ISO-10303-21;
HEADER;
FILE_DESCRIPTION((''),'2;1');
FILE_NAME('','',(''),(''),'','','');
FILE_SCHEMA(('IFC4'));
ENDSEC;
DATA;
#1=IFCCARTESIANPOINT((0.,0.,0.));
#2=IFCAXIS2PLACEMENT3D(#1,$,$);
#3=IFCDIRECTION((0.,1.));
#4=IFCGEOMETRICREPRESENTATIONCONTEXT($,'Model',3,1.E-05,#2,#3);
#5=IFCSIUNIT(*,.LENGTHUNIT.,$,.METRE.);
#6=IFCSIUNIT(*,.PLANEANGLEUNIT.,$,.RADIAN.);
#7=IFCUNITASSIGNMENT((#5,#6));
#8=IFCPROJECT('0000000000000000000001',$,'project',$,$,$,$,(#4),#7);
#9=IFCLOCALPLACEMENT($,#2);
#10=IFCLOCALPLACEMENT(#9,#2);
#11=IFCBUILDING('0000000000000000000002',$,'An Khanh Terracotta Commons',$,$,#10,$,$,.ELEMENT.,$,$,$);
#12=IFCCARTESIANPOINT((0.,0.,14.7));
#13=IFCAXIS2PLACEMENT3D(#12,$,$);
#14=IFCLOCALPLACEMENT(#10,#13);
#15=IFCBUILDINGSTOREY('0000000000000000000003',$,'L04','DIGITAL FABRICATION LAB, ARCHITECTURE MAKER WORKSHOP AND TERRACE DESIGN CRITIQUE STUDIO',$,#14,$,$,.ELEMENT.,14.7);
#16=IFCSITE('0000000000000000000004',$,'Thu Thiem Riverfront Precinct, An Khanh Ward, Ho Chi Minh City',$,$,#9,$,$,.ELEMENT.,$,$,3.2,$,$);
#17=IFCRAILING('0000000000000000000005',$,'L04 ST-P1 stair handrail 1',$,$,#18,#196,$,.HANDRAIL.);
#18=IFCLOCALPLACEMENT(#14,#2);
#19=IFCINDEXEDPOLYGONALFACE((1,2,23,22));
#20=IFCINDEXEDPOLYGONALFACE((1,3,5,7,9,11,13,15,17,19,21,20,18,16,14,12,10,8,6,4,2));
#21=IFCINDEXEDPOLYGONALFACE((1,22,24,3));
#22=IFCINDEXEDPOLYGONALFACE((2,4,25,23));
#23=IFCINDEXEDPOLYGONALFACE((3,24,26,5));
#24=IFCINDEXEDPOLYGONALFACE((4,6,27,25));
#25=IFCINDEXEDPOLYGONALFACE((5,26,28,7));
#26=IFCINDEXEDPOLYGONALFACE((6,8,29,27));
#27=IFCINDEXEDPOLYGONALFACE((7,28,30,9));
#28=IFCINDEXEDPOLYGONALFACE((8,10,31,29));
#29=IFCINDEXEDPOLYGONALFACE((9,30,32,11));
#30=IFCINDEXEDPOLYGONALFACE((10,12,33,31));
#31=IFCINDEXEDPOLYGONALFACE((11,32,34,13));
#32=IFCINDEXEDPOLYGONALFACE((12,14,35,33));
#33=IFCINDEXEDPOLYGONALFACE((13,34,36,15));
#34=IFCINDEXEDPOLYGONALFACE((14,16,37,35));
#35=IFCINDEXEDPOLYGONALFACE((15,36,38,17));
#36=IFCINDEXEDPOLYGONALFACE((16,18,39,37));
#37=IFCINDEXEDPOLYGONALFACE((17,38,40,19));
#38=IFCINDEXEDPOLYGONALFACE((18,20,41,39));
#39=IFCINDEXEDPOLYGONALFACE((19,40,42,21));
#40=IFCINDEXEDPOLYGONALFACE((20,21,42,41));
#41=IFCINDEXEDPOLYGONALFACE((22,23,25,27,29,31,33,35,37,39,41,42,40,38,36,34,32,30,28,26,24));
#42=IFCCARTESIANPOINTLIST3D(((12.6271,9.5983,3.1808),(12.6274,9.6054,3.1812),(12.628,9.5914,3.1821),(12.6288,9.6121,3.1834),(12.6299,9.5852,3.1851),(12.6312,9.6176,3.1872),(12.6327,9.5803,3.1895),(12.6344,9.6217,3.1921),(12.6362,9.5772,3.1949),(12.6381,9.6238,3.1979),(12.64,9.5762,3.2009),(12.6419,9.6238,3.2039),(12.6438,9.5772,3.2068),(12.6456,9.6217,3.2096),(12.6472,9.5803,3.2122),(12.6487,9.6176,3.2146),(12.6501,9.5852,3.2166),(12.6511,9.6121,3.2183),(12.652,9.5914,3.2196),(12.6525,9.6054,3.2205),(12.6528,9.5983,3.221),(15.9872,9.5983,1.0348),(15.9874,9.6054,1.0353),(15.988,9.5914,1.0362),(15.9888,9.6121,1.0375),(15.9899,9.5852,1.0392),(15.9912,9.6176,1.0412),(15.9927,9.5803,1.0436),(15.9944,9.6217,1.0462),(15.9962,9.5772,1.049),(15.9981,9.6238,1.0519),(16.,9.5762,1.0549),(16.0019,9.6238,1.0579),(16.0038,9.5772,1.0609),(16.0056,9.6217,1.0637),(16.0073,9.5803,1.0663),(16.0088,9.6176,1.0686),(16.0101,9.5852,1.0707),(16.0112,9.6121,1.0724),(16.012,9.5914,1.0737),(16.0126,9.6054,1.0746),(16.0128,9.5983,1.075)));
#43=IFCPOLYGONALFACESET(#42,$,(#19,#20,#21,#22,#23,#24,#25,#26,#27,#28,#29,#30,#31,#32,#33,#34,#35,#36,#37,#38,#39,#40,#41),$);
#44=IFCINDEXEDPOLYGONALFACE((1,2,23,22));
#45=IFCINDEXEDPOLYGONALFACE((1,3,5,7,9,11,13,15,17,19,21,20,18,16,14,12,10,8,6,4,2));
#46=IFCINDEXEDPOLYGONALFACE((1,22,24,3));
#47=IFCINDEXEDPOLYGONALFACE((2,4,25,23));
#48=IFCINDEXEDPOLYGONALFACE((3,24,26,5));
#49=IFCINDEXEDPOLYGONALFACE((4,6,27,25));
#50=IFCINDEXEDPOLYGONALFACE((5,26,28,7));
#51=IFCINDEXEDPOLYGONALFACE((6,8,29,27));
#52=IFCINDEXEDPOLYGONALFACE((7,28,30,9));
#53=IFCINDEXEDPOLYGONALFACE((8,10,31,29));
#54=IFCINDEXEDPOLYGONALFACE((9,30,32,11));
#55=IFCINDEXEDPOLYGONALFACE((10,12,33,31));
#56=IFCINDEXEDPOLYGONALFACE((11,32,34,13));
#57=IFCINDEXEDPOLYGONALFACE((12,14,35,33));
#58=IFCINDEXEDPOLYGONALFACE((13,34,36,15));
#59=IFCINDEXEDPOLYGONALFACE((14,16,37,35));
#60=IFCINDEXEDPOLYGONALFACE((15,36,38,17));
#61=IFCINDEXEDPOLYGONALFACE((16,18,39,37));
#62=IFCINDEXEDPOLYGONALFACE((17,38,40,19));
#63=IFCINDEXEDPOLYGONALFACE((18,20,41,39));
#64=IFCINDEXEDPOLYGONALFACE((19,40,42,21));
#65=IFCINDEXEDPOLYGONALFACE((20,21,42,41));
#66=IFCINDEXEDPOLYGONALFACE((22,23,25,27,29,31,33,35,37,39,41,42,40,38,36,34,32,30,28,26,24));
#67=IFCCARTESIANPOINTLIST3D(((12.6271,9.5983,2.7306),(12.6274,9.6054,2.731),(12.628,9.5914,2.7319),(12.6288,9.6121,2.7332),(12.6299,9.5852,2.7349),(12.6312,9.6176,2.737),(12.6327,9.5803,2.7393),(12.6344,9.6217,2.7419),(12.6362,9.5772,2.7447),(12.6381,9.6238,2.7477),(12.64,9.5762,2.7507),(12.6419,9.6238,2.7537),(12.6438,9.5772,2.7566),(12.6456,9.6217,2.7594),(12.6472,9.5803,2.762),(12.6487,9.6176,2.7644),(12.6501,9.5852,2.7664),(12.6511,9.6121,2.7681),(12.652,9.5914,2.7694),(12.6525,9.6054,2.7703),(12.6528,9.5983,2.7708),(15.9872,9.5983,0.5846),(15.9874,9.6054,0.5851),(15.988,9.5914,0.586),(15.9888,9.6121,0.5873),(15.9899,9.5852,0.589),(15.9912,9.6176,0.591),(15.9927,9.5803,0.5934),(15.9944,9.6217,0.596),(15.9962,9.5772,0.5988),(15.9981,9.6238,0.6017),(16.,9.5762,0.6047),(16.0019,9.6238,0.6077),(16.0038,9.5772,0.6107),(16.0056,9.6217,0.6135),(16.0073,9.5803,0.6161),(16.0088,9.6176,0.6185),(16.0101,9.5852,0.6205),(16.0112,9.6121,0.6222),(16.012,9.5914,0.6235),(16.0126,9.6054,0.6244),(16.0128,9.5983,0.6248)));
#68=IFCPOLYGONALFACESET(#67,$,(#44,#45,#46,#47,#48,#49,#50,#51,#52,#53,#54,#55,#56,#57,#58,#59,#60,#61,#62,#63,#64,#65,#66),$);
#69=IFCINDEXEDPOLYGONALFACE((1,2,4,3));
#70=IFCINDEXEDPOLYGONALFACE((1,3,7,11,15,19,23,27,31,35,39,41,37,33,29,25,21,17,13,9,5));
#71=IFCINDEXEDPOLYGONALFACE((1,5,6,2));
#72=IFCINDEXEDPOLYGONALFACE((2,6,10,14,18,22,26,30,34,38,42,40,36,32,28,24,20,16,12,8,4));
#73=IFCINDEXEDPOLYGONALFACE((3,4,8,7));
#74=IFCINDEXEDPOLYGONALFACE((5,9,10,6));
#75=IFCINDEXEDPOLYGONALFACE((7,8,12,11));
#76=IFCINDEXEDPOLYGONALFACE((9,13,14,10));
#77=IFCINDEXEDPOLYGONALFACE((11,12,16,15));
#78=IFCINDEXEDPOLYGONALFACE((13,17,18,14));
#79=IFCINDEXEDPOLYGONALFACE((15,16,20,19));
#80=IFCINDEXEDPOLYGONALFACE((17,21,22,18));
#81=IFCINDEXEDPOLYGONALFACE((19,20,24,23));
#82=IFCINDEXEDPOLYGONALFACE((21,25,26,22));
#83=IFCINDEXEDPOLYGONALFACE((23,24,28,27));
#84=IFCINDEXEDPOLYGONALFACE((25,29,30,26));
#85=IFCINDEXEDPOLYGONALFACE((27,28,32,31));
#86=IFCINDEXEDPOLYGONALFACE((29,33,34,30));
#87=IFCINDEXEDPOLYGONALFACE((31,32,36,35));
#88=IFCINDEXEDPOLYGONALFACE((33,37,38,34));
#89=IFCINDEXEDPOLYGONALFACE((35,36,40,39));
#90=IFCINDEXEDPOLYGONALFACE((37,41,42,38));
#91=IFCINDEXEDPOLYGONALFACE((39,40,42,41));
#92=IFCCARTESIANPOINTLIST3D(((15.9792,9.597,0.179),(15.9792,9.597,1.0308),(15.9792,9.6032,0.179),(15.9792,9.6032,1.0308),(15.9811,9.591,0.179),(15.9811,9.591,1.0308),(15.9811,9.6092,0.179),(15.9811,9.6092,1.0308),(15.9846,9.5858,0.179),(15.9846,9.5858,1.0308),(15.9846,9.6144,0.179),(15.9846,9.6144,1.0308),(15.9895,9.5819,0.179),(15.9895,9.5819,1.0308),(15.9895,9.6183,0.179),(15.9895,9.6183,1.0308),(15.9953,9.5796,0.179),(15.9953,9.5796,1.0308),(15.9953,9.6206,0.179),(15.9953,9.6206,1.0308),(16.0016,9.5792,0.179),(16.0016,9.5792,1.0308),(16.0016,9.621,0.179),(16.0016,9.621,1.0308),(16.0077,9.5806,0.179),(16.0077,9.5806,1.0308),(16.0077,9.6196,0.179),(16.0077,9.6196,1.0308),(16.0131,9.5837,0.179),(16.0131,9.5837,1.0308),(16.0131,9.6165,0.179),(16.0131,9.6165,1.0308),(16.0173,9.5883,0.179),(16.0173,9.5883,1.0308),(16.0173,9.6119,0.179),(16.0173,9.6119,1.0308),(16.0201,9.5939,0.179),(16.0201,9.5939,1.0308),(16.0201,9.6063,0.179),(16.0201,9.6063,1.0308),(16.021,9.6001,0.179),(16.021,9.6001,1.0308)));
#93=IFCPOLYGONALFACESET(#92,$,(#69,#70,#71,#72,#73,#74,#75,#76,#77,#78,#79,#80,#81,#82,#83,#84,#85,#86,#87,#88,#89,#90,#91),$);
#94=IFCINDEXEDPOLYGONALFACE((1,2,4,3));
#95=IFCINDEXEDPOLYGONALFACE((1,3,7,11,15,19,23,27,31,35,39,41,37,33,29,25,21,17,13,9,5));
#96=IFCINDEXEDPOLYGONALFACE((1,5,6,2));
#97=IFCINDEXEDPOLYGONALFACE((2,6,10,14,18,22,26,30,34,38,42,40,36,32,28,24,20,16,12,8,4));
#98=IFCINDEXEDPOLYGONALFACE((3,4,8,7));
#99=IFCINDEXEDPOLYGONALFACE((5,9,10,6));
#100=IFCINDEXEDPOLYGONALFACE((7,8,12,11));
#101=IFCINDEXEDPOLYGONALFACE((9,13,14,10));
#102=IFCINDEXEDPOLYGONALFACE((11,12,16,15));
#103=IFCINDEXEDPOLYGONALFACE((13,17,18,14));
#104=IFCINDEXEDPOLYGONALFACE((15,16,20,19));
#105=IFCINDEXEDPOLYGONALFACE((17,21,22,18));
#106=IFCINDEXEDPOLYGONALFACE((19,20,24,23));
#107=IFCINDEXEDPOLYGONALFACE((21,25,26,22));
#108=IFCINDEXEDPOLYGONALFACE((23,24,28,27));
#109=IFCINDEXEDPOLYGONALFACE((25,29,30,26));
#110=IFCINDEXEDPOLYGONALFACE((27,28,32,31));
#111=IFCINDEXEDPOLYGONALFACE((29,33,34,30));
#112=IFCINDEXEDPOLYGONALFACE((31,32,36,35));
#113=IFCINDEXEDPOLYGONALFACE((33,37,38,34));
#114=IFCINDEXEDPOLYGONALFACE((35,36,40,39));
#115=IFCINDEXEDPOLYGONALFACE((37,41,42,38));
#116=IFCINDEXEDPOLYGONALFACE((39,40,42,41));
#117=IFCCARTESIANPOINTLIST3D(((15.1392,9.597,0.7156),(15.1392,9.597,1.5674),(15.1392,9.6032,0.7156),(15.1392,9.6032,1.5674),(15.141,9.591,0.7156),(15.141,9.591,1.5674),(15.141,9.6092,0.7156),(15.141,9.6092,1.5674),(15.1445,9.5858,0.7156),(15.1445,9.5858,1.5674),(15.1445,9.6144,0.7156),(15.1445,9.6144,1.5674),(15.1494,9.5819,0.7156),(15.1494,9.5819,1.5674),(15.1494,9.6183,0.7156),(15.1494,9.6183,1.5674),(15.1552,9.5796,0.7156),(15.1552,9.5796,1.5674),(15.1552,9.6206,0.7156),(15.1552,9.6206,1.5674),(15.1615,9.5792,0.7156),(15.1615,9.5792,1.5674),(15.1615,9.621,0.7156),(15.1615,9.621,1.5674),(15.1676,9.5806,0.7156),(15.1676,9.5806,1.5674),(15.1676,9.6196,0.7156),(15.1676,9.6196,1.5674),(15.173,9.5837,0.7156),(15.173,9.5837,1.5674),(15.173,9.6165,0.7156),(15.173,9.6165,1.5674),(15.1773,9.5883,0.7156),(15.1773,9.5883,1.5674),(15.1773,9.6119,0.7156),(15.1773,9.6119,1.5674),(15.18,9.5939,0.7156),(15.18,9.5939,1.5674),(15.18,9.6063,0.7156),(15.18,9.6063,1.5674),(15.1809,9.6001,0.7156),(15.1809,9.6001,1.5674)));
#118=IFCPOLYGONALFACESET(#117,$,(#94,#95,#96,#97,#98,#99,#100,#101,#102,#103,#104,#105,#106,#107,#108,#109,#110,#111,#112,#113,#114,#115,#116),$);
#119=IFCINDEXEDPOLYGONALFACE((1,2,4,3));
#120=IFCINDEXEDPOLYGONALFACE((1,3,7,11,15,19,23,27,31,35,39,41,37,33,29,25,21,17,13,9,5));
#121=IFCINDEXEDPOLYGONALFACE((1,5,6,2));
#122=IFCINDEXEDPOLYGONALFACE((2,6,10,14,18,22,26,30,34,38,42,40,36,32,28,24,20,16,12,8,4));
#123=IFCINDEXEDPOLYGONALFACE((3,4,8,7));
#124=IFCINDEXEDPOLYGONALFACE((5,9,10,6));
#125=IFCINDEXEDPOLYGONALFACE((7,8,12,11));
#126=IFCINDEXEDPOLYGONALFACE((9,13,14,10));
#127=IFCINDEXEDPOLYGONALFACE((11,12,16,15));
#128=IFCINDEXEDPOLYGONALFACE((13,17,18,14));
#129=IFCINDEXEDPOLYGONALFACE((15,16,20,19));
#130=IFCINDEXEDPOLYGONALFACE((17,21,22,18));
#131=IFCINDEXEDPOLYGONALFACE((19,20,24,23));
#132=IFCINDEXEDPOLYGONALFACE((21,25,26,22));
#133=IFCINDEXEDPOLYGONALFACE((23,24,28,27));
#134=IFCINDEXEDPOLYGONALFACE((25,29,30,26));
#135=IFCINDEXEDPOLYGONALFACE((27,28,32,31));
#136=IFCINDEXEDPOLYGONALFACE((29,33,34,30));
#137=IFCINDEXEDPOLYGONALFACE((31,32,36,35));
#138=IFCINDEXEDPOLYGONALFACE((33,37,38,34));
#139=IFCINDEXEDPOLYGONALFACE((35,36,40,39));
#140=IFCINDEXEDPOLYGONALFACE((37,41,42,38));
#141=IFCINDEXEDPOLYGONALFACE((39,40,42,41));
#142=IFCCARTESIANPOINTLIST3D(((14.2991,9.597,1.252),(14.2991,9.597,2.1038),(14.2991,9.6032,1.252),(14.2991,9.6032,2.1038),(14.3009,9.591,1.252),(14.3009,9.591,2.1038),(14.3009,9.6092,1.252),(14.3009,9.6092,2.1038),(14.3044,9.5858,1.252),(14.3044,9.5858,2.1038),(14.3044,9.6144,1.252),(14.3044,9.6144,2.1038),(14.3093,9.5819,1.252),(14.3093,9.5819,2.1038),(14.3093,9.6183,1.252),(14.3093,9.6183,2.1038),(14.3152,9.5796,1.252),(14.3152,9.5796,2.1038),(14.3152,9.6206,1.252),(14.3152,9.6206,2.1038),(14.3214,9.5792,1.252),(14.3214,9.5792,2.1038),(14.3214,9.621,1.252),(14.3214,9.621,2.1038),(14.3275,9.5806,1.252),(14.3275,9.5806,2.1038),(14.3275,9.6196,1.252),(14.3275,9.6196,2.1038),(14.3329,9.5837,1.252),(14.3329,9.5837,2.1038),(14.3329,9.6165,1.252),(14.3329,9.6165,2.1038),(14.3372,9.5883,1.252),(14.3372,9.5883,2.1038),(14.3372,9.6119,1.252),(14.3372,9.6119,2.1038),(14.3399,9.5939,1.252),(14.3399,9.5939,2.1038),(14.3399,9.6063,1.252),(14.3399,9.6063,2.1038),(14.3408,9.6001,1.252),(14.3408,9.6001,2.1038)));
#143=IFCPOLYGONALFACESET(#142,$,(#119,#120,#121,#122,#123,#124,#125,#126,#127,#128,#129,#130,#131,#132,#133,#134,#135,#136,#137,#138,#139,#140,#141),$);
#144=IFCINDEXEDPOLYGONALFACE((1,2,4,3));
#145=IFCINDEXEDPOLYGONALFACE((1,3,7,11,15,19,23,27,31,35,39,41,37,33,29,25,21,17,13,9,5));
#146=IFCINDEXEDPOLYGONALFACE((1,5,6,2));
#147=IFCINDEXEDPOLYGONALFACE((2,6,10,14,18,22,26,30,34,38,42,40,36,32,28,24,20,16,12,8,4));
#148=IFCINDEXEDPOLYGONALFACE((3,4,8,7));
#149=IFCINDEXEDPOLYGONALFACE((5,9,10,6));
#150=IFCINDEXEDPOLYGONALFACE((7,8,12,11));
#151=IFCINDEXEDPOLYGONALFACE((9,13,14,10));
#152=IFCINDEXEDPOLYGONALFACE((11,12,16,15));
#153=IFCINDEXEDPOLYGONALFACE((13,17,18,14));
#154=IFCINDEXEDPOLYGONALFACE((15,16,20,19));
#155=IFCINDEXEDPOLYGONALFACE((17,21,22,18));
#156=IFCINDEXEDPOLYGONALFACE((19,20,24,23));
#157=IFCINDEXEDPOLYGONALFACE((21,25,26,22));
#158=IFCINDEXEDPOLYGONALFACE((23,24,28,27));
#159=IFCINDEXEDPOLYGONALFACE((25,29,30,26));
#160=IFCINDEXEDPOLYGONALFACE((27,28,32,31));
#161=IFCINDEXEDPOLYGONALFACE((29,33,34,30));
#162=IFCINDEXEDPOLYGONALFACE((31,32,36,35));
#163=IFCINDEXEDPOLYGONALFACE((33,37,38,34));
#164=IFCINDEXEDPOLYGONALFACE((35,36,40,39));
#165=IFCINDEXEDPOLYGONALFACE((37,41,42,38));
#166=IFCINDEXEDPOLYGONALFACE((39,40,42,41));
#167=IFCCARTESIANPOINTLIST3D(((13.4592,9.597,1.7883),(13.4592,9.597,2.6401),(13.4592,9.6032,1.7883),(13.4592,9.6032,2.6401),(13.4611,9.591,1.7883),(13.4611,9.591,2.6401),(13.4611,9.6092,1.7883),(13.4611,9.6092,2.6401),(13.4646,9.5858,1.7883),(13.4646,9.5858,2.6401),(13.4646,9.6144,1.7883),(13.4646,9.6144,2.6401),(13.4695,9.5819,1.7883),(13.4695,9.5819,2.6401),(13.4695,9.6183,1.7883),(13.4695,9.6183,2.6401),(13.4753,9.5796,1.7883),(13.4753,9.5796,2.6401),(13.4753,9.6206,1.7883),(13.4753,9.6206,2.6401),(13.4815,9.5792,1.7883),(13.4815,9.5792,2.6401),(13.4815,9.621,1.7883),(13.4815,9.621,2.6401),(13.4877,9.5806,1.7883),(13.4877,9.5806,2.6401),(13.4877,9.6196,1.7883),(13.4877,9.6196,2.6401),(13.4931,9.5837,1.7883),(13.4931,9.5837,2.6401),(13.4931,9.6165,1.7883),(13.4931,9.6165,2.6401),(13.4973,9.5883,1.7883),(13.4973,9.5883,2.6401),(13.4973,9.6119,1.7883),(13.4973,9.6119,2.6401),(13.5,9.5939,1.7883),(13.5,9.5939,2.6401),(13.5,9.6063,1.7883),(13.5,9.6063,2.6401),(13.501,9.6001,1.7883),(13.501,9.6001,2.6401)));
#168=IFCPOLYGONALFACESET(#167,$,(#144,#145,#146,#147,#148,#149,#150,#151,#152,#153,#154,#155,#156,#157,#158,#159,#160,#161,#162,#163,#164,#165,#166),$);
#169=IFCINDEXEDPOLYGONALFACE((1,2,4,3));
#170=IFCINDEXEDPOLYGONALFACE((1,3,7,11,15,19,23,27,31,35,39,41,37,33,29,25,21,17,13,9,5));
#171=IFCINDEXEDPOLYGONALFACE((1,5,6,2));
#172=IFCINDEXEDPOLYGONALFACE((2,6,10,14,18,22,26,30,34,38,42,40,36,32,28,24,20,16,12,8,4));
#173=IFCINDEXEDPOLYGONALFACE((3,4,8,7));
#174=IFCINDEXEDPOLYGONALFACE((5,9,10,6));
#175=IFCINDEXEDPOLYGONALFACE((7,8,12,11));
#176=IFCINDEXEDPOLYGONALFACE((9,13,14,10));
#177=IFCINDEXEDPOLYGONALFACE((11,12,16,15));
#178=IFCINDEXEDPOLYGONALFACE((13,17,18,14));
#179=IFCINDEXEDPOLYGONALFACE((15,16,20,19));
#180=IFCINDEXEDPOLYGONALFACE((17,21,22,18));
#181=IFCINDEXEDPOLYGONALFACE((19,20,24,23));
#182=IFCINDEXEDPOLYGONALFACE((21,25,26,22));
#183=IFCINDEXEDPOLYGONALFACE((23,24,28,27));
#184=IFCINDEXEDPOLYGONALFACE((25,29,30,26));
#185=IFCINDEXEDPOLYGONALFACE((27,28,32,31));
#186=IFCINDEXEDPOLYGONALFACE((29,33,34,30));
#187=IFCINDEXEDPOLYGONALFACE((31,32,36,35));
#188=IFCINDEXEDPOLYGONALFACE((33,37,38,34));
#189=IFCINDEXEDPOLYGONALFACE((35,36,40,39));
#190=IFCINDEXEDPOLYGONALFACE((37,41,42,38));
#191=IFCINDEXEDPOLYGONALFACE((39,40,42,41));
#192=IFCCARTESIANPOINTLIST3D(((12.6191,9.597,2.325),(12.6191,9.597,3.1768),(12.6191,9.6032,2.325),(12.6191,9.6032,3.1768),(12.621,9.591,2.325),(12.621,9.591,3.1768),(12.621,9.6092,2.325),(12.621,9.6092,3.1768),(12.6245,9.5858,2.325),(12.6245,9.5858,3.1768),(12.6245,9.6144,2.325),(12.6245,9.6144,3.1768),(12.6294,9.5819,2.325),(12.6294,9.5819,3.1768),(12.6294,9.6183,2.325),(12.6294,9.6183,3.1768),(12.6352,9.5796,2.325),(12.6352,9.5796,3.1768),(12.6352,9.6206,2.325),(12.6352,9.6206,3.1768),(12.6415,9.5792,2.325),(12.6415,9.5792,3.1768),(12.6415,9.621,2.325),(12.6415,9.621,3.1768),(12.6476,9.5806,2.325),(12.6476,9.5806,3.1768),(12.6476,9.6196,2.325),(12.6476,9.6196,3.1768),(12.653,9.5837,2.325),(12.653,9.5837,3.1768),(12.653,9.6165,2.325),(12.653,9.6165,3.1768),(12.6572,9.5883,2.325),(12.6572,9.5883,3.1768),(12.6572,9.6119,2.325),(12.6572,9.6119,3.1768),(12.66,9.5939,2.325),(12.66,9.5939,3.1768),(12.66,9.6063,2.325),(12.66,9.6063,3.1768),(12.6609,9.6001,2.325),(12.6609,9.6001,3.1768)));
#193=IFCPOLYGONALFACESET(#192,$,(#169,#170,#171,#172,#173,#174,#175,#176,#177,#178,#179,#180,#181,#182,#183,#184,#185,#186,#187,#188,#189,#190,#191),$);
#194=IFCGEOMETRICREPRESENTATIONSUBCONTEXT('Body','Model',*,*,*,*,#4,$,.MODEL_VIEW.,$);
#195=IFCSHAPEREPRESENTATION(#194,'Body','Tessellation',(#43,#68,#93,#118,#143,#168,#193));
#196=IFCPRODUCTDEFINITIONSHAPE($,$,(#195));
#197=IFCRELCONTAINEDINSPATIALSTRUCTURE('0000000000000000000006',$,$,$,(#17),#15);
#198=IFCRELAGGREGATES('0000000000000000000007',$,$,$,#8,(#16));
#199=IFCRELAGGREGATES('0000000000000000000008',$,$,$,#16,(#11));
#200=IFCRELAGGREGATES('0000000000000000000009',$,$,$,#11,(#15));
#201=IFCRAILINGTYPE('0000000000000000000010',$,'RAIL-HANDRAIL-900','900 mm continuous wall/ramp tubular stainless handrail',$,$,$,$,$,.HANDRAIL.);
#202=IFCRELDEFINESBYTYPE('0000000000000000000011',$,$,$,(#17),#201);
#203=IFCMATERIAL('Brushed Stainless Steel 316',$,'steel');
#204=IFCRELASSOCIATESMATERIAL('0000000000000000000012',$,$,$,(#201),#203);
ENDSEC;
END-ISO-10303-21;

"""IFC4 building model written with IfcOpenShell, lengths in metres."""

from ifc_helpers import new_model, si_unit, direction, frame, origin, origin_2d, place, context, subcontext, project, spatial, circle, extrude, material, type_object, element, save


model = new_model("IFC4")

# Units and contexts
model_context = context("Model", 3, precision=1e-05, world=origin(), true_north=direction((0.0, 1.0)))
body_context = subcontext(model_context, "Body", "Model", "MODEL_VIEW")
ifc_project = project(units=[si_unit("LENGTHUNIT", "METRE"), si_unit("PLANEANGLEUNIT", "RADIAN")], contexts=[model_context])

# Site, building, storey
site_placement = place(None, origin())
site = spatial("IfcSite", under=ifc_project, at=site_placement, Name="Thu Thiem Riverfront Precinct, An Khanh Ward, Ho Chi Minh City", CompositionType="ELEMENT", RefElevation=3.2)
building_placement = place(site_placement, origin())
building = spatial("IfcBuilding", under=site, at=building_placement, Name="An Khanh Terracotta Commons", CompositionType="ELEMENT")
storey_placement = place(building_placement, frame((0.0, 0.0, 14.7)))
storey = spatial("IfcBuildingStorey", under=building, at=storey_placement, Name="L04", Description="DIGITAL FABRICATION LAB, ARCHITECTURE MAKER WORKSHOP AND TERRACE DESIGN CRITIQUE STUDIO", CompositionType="ELEMENT", Elevation=14.7)

# Railing
ifc_material_1 = material(Name="Brushed Stainless Steel 316", Category="steel")
railing_type_1 = type_object("IfcRailingType", Name="RAIL-HANDRAIL-900", Description="900 mm continuous wall/ramp tubular stainless handrail", PredefinedType="HANDRAIL", material=ifc_material_1)
railing_1_placement = place(storey_placement, frame((16.0, 9.6001, 0.179)))
element("IfcRailing", 1, at=railing_1_placement, inside=storey, type_object=railing_type_1, Name="L04 ST-P1 stair handrail 1", PredefinedType="HANDRAIL", context=body_context, shape_type="SweptSolid", body=[
    extrude(circle(Radius=0.0239, at=origin_2d()), frame((0.0, 0.0, 0.876), z_axis=(-0.84278, 0.0, 0.538258), x_axis=(0.0, -1.0, 0.0)), (0.0, 0.0, 1.0), 3.9868),
    extrude(circle(Radius=0.0239, at=origin_2d()), frame((0.0, 0.0, 0.4258), z_axis=(-0.84278, 0.0, 0.538258), x_axis=(0.0, -1.0, 0.0)), (0.0, 0.0, 1.0), 3.9868),
    extrude(circle(Radius=0.021, at=origin_2d()), origin(), (0.0, 0.0, 1.0), 0.8518),
    extrude(circle(Radius=0.021, at=origin_2d()), frame((-0.8401, 0.0, 0.5366)), (0.0, 0.0, 1.0), 0.8518),
    extrude(circle(Radius=0.021, at=origin_2d()), frame((-1.6802, 0.0, 1.073)), (0.0, 0.0, 1.0), 0.8518),
    extrude(circle(Radius=0.021, at=origin_2d()), frame((-2.52, 0.0, 1.6094)), (0.0, 0.0, 1.0), 0.8518),
    extrude(circle(Radius=0.021, at=origin_2d()), frame((-3.3601, 0.0, 2.146)), (0.0, 0.0, 1.0), 0.8518),
])

save(model, "model.ifc")
